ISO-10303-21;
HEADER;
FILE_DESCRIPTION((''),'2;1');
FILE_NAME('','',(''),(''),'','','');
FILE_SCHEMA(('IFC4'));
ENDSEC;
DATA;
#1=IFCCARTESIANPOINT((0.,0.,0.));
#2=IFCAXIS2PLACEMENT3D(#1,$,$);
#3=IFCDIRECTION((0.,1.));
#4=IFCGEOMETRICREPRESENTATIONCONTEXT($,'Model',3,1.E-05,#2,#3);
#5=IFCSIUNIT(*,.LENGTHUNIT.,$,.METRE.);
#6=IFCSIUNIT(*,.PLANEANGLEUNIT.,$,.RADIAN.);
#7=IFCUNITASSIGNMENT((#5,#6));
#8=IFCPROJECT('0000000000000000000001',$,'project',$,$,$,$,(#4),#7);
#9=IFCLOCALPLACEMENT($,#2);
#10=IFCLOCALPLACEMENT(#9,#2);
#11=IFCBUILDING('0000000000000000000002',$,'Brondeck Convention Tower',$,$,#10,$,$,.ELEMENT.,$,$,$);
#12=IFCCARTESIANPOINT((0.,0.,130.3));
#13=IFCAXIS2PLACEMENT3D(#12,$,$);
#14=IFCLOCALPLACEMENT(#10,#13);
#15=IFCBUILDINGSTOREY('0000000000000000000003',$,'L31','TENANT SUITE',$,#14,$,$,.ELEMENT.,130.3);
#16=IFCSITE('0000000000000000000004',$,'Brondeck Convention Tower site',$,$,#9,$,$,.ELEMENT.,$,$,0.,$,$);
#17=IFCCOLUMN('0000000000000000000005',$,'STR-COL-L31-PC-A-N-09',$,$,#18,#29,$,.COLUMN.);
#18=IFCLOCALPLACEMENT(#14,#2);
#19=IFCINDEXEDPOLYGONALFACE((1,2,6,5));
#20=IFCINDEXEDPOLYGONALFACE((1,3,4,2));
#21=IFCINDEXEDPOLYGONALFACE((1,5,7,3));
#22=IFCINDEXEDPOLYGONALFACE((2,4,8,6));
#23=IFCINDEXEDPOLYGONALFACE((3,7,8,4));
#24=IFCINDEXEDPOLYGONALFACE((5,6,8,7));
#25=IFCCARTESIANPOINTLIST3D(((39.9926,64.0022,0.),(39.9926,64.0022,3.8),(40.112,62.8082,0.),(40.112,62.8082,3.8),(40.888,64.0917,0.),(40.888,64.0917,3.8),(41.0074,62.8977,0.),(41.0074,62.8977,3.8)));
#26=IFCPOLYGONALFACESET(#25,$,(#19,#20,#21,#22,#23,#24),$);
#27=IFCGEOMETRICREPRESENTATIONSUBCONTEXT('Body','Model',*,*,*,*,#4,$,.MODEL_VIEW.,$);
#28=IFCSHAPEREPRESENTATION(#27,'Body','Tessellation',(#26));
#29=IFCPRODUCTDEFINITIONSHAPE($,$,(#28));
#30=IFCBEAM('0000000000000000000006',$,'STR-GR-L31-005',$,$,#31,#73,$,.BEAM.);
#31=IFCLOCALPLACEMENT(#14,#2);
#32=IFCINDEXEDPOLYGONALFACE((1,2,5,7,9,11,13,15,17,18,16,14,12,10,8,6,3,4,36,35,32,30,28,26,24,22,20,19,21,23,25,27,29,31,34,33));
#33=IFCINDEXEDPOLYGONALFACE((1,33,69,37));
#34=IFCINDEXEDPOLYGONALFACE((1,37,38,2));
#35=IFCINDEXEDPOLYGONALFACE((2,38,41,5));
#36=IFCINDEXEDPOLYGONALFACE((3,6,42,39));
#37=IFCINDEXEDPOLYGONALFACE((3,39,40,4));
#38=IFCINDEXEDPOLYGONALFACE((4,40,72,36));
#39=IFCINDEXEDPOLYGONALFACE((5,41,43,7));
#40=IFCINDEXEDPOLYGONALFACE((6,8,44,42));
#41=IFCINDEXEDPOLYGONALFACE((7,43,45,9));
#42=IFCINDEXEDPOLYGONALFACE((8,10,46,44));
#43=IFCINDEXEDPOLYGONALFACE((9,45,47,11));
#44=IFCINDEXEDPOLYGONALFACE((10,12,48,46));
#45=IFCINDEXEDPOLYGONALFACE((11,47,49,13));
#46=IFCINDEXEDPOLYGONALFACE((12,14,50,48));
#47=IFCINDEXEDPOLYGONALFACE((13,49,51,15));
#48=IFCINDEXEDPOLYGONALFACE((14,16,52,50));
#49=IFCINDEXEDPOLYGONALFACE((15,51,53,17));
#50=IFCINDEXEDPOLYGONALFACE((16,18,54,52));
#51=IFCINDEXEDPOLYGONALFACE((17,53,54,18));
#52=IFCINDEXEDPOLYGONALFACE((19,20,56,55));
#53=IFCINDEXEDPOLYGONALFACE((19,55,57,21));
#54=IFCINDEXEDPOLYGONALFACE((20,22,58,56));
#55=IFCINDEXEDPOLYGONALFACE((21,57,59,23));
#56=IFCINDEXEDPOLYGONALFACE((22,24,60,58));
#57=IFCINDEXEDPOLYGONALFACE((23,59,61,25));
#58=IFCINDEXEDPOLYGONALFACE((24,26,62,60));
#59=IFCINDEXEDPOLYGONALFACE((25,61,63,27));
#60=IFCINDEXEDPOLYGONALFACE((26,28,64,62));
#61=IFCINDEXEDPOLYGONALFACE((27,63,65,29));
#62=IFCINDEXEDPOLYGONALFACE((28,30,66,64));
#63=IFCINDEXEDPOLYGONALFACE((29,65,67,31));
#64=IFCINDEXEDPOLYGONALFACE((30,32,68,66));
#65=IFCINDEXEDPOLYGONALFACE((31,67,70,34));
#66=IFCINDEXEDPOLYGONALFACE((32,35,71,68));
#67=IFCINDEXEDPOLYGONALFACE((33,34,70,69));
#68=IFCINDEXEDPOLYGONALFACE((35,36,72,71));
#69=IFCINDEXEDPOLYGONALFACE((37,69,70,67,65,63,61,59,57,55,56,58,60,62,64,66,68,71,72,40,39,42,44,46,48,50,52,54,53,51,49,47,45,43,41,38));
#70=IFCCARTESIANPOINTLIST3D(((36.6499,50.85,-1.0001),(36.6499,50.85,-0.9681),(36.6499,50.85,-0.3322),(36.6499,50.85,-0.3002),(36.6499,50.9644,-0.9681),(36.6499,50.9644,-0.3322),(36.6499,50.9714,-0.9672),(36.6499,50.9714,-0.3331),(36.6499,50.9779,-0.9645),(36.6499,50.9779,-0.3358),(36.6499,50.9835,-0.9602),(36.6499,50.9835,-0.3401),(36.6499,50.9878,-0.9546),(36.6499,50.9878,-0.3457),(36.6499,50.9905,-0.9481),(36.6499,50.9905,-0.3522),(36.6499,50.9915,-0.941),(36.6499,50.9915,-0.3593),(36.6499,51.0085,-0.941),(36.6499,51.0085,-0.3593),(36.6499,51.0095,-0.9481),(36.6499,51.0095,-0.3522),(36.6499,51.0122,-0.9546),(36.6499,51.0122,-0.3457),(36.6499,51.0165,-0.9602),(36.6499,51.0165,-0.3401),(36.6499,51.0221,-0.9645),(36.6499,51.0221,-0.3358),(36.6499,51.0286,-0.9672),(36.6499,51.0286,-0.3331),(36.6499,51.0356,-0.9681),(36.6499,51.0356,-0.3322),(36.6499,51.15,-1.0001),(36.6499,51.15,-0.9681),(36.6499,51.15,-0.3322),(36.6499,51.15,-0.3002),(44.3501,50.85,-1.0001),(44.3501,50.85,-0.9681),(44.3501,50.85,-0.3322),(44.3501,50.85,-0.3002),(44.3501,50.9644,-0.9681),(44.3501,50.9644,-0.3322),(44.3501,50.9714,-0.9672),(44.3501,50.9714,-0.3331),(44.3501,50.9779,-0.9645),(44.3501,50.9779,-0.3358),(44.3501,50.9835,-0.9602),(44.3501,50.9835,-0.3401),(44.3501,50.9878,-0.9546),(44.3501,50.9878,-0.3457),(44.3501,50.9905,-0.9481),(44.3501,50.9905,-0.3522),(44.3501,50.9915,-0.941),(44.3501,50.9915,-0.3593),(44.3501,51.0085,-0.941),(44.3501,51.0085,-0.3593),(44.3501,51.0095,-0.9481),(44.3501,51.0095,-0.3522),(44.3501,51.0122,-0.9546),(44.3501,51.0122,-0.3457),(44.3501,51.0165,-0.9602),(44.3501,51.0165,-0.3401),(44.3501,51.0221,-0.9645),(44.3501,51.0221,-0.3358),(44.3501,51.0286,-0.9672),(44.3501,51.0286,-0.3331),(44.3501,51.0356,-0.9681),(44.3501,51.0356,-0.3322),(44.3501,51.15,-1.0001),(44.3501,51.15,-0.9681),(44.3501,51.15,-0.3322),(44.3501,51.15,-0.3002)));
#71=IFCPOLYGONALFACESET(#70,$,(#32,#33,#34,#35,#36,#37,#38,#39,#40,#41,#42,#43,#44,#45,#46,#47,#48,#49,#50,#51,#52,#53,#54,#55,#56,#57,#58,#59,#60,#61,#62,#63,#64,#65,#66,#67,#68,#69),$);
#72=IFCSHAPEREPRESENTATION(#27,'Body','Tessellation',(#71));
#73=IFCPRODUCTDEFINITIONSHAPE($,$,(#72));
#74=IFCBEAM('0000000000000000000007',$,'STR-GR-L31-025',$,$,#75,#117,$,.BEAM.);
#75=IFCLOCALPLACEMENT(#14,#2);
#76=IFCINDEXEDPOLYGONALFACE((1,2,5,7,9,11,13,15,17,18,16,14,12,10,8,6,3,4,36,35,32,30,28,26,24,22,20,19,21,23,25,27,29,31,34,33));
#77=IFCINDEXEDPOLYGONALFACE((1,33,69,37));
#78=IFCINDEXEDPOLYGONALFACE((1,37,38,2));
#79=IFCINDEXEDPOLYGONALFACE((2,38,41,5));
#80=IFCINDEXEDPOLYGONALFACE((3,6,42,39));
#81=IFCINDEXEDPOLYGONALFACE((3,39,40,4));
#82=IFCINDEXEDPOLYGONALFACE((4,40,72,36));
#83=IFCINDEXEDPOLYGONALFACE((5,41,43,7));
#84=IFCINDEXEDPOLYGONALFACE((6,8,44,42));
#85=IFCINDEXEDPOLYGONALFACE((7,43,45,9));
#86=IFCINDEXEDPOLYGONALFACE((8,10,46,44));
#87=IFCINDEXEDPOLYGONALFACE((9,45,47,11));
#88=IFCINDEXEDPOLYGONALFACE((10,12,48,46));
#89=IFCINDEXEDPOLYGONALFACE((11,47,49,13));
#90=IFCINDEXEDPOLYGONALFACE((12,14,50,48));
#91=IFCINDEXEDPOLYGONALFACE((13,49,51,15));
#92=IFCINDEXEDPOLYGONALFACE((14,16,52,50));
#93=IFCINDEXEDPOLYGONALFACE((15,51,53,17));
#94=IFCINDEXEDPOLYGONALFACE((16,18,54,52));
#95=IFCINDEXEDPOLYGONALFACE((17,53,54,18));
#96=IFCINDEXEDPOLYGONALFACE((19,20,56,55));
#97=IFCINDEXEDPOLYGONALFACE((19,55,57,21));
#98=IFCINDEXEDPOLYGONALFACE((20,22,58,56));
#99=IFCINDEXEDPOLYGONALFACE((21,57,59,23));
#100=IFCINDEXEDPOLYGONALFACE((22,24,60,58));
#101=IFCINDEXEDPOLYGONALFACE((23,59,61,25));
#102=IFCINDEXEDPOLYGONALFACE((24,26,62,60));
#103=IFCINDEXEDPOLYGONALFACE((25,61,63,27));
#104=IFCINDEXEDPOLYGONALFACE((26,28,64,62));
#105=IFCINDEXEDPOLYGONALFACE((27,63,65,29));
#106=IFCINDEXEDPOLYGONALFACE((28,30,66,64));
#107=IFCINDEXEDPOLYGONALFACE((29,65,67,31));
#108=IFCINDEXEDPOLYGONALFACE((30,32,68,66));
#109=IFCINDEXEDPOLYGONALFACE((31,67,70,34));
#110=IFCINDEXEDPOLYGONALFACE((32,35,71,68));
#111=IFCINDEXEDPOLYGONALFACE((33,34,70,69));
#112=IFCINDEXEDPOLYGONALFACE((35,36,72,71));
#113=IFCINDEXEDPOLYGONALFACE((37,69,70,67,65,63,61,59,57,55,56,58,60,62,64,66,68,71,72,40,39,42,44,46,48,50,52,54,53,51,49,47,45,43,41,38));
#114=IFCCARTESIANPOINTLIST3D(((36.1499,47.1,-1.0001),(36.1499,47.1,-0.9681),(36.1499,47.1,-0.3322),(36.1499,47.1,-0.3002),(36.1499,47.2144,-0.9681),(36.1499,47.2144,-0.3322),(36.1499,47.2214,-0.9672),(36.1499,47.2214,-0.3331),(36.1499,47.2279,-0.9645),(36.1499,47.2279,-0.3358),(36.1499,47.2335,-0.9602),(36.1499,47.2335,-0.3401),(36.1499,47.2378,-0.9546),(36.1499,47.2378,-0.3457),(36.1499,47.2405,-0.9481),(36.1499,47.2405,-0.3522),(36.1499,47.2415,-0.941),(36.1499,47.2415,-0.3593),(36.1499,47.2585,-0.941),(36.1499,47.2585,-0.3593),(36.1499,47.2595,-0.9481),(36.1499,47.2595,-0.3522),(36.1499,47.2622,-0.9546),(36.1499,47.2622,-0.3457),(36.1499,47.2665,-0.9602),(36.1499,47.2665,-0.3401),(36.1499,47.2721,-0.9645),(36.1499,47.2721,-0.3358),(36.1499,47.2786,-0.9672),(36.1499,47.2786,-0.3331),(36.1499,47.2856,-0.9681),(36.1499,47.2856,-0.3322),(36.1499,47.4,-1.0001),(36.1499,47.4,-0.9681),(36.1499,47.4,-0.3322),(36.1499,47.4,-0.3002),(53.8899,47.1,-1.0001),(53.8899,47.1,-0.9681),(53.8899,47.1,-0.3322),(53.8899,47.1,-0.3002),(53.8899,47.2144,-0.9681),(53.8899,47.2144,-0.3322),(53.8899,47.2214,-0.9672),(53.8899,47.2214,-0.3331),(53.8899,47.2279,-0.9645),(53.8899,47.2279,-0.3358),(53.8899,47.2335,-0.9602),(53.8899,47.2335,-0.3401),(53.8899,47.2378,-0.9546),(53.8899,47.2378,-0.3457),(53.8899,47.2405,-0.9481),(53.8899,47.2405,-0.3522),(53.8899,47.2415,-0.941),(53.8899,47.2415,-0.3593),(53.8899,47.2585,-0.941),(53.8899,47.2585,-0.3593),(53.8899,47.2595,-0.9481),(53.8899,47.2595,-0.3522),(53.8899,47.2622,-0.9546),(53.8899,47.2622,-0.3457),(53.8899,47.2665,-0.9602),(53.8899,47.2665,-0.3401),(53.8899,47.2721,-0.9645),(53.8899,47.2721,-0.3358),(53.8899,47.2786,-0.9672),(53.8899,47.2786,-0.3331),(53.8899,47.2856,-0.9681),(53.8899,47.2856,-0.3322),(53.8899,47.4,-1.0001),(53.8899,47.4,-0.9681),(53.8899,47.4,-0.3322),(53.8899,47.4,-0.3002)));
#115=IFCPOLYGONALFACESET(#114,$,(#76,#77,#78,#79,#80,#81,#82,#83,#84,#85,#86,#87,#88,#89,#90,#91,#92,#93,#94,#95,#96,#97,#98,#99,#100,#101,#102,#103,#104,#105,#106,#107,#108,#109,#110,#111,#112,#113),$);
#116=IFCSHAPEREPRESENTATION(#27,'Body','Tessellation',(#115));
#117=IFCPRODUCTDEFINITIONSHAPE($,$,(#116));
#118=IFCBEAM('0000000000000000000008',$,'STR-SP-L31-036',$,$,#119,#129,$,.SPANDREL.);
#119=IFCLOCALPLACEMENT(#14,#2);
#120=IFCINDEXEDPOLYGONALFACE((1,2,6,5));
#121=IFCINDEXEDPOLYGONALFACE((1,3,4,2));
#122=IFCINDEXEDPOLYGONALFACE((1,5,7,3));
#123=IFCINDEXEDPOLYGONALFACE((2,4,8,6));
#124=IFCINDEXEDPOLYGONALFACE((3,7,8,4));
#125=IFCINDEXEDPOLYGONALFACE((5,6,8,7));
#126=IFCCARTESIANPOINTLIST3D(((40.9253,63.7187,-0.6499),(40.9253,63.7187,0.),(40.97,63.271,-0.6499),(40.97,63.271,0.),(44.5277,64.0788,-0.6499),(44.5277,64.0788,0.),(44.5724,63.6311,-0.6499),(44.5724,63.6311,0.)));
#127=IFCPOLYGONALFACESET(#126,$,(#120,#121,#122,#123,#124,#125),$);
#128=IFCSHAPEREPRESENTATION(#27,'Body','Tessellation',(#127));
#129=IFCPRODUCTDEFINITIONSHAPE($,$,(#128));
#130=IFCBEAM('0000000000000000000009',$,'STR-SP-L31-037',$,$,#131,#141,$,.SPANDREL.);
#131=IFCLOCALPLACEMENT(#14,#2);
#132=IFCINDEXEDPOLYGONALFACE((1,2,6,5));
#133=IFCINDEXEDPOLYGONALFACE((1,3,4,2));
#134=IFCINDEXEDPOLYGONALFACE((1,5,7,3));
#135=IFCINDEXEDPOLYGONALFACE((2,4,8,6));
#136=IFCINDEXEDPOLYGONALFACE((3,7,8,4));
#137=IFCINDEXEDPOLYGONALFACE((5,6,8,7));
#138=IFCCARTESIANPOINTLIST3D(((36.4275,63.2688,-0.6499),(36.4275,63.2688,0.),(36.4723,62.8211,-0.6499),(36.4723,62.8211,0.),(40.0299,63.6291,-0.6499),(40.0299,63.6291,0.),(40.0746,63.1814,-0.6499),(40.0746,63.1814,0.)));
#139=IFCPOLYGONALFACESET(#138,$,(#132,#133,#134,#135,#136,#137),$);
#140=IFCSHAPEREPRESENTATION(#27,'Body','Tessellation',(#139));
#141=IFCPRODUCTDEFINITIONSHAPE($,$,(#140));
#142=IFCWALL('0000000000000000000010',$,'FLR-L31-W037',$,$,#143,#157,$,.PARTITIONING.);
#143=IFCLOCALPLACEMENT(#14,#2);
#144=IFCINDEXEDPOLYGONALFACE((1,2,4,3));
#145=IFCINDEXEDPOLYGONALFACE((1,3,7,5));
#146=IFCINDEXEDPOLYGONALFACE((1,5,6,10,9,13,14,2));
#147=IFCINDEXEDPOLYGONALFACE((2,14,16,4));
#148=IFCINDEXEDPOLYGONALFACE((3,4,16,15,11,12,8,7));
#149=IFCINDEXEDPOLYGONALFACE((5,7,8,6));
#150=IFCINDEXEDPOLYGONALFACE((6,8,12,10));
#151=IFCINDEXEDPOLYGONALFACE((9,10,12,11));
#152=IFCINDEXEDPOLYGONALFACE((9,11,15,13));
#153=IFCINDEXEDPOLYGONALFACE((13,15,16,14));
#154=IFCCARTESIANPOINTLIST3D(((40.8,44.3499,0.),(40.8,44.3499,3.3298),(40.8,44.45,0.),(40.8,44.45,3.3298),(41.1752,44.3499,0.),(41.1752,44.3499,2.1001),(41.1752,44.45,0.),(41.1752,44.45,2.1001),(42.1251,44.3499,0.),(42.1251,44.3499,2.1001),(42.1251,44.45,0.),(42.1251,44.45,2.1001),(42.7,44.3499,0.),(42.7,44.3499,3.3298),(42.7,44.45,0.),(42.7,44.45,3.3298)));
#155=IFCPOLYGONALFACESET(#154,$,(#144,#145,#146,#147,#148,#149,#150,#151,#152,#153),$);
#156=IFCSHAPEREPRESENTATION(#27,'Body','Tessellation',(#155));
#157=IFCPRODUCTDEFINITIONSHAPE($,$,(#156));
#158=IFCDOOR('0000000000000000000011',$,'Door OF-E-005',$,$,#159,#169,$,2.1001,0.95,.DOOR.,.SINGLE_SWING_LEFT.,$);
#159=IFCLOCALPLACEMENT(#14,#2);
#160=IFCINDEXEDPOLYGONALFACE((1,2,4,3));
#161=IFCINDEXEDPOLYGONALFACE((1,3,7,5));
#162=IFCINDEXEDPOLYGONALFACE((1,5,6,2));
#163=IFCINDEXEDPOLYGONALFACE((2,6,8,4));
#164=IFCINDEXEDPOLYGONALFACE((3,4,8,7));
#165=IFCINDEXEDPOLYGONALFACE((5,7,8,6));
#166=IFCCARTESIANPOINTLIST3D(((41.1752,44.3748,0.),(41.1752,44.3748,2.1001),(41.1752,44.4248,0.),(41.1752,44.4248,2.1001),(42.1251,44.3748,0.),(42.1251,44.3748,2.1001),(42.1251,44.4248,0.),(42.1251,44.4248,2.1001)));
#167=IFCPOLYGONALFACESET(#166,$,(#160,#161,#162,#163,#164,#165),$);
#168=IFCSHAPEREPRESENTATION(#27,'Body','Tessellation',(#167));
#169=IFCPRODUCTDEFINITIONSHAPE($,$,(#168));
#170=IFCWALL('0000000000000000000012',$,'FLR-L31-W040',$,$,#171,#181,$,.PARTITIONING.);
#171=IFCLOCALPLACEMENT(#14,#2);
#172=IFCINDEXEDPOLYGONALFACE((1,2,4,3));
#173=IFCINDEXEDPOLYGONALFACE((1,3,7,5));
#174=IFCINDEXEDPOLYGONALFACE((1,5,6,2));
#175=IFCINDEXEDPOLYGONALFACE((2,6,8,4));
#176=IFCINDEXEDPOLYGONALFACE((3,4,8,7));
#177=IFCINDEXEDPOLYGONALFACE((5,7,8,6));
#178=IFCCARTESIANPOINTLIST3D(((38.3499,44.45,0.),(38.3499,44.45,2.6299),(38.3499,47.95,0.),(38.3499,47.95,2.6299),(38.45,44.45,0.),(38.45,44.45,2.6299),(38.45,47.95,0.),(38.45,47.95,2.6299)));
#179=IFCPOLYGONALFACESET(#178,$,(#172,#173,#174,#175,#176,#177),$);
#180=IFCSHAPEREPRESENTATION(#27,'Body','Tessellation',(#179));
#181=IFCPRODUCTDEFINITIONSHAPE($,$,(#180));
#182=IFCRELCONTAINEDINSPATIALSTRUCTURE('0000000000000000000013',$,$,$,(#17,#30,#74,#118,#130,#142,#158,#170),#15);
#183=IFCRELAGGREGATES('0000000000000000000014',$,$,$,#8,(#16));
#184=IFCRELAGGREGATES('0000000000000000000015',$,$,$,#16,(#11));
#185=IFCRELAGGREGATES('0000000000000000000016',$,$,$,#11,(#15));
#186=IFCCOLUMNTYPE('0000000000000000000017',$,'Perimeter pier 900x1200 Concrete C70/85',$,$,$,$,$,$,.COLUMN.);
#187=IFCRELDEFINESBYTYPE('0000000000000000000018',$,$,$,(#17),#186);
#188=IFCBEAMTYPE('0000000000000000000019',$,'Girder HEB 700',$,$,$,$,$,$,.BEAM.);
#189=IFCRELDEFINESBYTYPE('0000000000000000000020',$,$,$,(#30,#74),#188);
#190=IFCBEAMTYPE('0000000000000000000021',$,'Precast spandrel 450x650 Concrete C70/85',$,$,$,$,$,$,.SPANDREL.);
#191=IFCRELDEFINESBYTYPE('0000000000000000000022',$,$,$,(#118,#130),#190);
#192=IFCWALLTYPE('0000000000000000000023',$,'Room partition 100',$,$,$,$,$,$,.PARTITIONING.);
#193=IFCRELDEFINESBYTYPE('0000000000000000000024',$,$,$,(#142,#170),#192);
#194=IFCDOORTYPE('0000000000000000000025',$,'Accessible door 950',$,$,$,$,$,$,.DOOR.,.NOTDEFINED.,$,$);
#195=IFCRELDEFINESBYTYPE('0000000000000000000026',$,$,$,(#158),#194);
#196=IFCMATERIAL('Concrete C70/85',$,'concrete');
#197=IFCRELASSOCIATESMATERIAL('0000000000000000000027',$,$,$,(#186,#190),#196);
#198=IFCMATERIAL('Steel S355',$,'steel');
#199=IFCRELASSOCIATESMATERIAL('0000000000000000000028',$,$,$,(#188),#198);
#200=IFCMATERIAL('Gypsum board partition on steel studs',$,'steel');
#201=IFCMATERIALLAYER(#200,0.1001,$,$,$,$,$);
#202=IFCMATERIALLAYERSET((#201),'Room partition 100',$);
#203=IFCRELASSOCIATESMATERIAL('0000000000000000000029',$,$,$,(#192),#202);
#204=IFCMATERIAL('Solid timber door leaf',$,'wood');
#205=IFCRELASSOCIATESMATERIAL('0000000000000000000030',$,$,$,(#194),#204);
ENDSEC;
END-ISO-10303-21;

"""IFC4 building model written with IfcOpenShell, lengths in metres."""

from ifc_helpers import new_model, si_unit, direction, frame, frame_2d, origin, origin_2d, place, context, subcontext, project, spatial, rectangle, i_section, extrude, material, layer, layer_set, material_profile, profile_set, type_object, element, fill, save


model = new_model("IFC4")

# Units and contexts
model_context = context("Model", 3, precision=1e-05, world=origin(), true_north=direction((0.0, 1.0)))
body_context = subcontext(model_context, "Body", "Model", "MODEL_VIEW")
ifc_project = project(units=[si_unit("LENGTHUNIT", "METRE"), si_unit("PLANEANGLEUNIT", "RADIAN")], contexts=[model_context])

# Site, building, storey
site_placement = place(None, origin())
site = spatial("IfcSite", under=ifc_project, at=site_placement, Name="Brondeck Convention Tower site", CompositionType="ELEMENT", RefElevation=0.0)
building_placement = place(site_placement, origin())
building = spatial("IfcBuilding", under=site, at=building_placement, Name="Brondeck Convention Tower", CompositionType="ELEMENT")
storey_placement = place(building_placement, frame((0.0, 0.0, 130.3)))
storey = spatial("IfcBuildingStorey", under=building, at=storey_placement, Name="L31", Description="TENANT SUITE", CompositionType="ELEMENT", Elevation=130.3)

# Column
ifc_material_1 = material(Name="Concrete C70/85", Category="concrete")
ifc_material_profile_1 = material_profile(ifc_material_1, rectangle(XDim=0.8999, YDim=1.2, at=origin_2d()), Name="Perimeter pier 900x1200 Concrete C70/85")
ifc_profile_set_1 = profile_set([ifc_material_profile_1], Name="Concrete C70/85")
column_type = type_object("IfcColumnType", Name="Perimeter pier 900x1200 Concrete C70/85", PredefinedType="COLUMN", material=ifc_profile_set_1)
column_placement = place(storey_placement, frame((40.5, 63.45, 0.0), z_axis=(0.0, 0.0, 1.0), x_axis=(-0.995037, -0.099504, 0.0)))
element("IfcColumn", 1, at=column_placement, inside=storey, type_object=column_type, Name="STR-COL-L31-PC-A-N-09", PredefinedType="COLUMN", context=body_context, shape_type="SweptSolid", body=[
    extrude(rectangle(XDim=0.8999, YDim=1.2, at=origin_2d()), origin(), (0.0, 0.0, 1.0), 3.8),
])

# Beams
ifc_material_2 = material(Name="Steel S355", Category="steel")
ifc_material_profile_2 = material_profile(ifc_material_2, i_section(OverallWidth=0.3, OverallDepth=0.7, WebThickness=0.0171, FlangeThickness=0.032, FilletRadius=0.0271, at=origin_2d()), Name="HEB 700")
ifc_profile_set_2 = profile_set([ifc_material_profile_2], Name="Steel S355")
beam_type_1 = type_object("IfcBeamType", Name="Girder HEB 700", PredefinedType="BEAM", material=ifc_profile_set_2)
beam_1_placement = place(storey_placement, frame((36.6499, 51.0, -0.6501), z_axis=(1.0, 0.0, 0.0), x_axis=(0.0, 1.0, 0.0)))
element("IfcBeam", 2, at=beam_1_placement, inside=storey, type_object=beam_type_1, Name="STR-GR-L31-005", PredefinedType="BEAM", context=body_context, shape_type="SweptSolid", body=[
    extrude(i_section(OverallWidth=0.3, OverallDepth=0.7, WebThickness=0.0171, FlangeThickness=0.032, FilletRadius=0.0271, at=origin_2d()), origin(), (0.0, 0.0, 1.0), 7.7002),
])
beam_2_placement = place(storey_placement, frame((36.1499, 47.25, -0.6501), z_axis=(1.0, 0.0, 0.0), x_axis=(0.0, 1.0, 0.0)))
element("IfcBeam", 3, at=beam_2_placement, inside=storey, type_object=beam_type_1, Name="STR-GR-L31-025", PredefinedType="BEAM", context=body_context, shape_type="SweptSolid", body=[
    extrude(i_section(OverallWidth=0.3, OverallDepth=0.7, WebThickness=0.0171, FlangeThickness=0.032, FilletRadius=0.0271, at=origin_2d()), origin(), (0.0, 0.0, 1.0), 17.74),
])
ifc_material_profile_3 = material_profile(ifc_material_1, rectangle(XDim=0.45, YDim=0.6499, at=origin_2d()), Name="Precast spandrel 450x650 Concrete C70/85")
ifc_profile_set_3 = profile_set([ifc_material_profile_3], Name="Concrete C70/85")
beam_type_2 = type_object("IfcBeamType", Name="Precast spandrel 450x650 Concrete C70/85", PredefinedType="SPANDREL", material=ifc_profile_set_3)
for number, where, z_axis, x_axis, name in (
    (4, (44.55, 63.855, -0.325), (-0.995041, -0.09947, 0.0), (0.09947, -0.995041, 0.0), "STR-SP-L31-036"),
    (5, (40.0522, 63.4053, -0.325), (-0.995034, -0.099537, 0.0), (0.099537, -0.995034, 0.0), "STR-SP-L31-037"),
):
    element("IfcBeam", number, at=place(storey_placement, frame(where, z_axis=z_axis, x_axis=x_axis)), inside=storey, type_object=beam_type_2, Name=name, PredefinedType="SPANDREL", context=body_context, shape_type="SweptSolid", body=[
        extrude(rectangle(XDim=0.45, YDim=0.6499, at=origin_2d()), origin(), (0.0, 0.0, 1.0), 3.6204),
    ])

# Wall, opening, door
ifc_material_3 = material(Name="Gypsum board partition on steel studs", Category="steel")
ifc_layer_1 = layer(ifc_material_3, 0.1001)
ifc_layer_set_1 = layer_set([ifc_layer_1], Name="Room partition 100")
wall_type_1 = type_object("IfcWallType", Name="Room partition 100", PredefinedType="PARTITIONING", material=ifc_layer_set_1)
wall_1_placement = place(storey_placement, frame((40.8, 44.3999, 0.0), z_axis=(0.0, 0.0, 1.0), x_axis=(1.0, 0.0, 0.0)))
wall_1 = element("IfcWall", 6, at=wall_1_placement, inside=storey, type_object=wall_type_1, Name="FLR-L31-W037", PredefinedType="PARTITIONING", context=body_context, shape_type="SweptSolid", body=[
    extrude(rectangle(XDim=1.8999, YDim=0.1001, at=frame_2d((0.95, 0.0))), origin(), (0.0, 0.0, 1.0), 3.3298),
])
opening_1_placement = place(wall_1_placement, frame((0.375, 0.0, 0.0)))
opening_1 = element("IfcOpeningElement", 7, at=opening_1_placement, cuts=wall_1, PredefinedType="OPENING", context=body_context, shape_type="SweptSolid", body=[
    extrude(rectangle(XDim=0.95, YDim=2.1001, at=frame_2d((0.4751, 1.05))), frame((0.0, 0.0601, 0.0), z_axis=(0.0, -1.0, 0.0), x_axis=(1.0, 0.0, 0.0)), (0.0, 0.0, 1.0), 0.1201),
])
ifc_material_4 = material(Name="Solid timber door leaf", Category="wood")
door_type_1 = type_object("IfcDoorType", Name="Accessible door 950", OperationType="NOTDEFINED", PredefinedType="DOOR", material=ifc_material_4)
door_1_placement = place(opening_1_placement, origin())
door_1 = element("IfcDoor", 8, at=door_1_placement, inside=storey, type_object=door_type_1, Name="Door OF-E-005", OperationType="SINGLE_SWING_LEFT", OverallHeight=2.1001, OverallWidth=0.95, PredefinedType="DOOR", context=body_context, shape_type="SweptSolid", body=[
    extrude(rectangle(XDim=0.95, YDim=2.1001, at=frame_2d((0.4751, 1.05))), frame((0.0, 0.0249, 0.0), z_axis=(0.0, -1.0, 0.0), x_axis=(1.0, 0.0, 0.0)), (0.0, 0.0, 1.0), 0.05),
])
fill(opening_1, door_1)

# Wall
for number, where, z_axis, x_axis, name in (
    (9, (38.3999, 47.95, 0.0), (0.0, 0.0, 1.0), (0.0, -1.0, 0.0), "FLR-L31-W040"),
):
    element("IfcWall", number, at=place(storey_placement, frame(where, z_axis=z_axis, x_axis=x_axis)), inside=storey, type_object=wall_type_1, Name=name, PredefinedType="PARTITIONING", context=body_context, shape_type="SweptSolid", body=[
        extrude(rectangle(XDim=3.5, YDim=0.1001, at=frame_2d((1.75, 0.0))), origin(), (0.0, 0.0, 1.0), 2.6299),
    ])

save(model, "model.ifc")
